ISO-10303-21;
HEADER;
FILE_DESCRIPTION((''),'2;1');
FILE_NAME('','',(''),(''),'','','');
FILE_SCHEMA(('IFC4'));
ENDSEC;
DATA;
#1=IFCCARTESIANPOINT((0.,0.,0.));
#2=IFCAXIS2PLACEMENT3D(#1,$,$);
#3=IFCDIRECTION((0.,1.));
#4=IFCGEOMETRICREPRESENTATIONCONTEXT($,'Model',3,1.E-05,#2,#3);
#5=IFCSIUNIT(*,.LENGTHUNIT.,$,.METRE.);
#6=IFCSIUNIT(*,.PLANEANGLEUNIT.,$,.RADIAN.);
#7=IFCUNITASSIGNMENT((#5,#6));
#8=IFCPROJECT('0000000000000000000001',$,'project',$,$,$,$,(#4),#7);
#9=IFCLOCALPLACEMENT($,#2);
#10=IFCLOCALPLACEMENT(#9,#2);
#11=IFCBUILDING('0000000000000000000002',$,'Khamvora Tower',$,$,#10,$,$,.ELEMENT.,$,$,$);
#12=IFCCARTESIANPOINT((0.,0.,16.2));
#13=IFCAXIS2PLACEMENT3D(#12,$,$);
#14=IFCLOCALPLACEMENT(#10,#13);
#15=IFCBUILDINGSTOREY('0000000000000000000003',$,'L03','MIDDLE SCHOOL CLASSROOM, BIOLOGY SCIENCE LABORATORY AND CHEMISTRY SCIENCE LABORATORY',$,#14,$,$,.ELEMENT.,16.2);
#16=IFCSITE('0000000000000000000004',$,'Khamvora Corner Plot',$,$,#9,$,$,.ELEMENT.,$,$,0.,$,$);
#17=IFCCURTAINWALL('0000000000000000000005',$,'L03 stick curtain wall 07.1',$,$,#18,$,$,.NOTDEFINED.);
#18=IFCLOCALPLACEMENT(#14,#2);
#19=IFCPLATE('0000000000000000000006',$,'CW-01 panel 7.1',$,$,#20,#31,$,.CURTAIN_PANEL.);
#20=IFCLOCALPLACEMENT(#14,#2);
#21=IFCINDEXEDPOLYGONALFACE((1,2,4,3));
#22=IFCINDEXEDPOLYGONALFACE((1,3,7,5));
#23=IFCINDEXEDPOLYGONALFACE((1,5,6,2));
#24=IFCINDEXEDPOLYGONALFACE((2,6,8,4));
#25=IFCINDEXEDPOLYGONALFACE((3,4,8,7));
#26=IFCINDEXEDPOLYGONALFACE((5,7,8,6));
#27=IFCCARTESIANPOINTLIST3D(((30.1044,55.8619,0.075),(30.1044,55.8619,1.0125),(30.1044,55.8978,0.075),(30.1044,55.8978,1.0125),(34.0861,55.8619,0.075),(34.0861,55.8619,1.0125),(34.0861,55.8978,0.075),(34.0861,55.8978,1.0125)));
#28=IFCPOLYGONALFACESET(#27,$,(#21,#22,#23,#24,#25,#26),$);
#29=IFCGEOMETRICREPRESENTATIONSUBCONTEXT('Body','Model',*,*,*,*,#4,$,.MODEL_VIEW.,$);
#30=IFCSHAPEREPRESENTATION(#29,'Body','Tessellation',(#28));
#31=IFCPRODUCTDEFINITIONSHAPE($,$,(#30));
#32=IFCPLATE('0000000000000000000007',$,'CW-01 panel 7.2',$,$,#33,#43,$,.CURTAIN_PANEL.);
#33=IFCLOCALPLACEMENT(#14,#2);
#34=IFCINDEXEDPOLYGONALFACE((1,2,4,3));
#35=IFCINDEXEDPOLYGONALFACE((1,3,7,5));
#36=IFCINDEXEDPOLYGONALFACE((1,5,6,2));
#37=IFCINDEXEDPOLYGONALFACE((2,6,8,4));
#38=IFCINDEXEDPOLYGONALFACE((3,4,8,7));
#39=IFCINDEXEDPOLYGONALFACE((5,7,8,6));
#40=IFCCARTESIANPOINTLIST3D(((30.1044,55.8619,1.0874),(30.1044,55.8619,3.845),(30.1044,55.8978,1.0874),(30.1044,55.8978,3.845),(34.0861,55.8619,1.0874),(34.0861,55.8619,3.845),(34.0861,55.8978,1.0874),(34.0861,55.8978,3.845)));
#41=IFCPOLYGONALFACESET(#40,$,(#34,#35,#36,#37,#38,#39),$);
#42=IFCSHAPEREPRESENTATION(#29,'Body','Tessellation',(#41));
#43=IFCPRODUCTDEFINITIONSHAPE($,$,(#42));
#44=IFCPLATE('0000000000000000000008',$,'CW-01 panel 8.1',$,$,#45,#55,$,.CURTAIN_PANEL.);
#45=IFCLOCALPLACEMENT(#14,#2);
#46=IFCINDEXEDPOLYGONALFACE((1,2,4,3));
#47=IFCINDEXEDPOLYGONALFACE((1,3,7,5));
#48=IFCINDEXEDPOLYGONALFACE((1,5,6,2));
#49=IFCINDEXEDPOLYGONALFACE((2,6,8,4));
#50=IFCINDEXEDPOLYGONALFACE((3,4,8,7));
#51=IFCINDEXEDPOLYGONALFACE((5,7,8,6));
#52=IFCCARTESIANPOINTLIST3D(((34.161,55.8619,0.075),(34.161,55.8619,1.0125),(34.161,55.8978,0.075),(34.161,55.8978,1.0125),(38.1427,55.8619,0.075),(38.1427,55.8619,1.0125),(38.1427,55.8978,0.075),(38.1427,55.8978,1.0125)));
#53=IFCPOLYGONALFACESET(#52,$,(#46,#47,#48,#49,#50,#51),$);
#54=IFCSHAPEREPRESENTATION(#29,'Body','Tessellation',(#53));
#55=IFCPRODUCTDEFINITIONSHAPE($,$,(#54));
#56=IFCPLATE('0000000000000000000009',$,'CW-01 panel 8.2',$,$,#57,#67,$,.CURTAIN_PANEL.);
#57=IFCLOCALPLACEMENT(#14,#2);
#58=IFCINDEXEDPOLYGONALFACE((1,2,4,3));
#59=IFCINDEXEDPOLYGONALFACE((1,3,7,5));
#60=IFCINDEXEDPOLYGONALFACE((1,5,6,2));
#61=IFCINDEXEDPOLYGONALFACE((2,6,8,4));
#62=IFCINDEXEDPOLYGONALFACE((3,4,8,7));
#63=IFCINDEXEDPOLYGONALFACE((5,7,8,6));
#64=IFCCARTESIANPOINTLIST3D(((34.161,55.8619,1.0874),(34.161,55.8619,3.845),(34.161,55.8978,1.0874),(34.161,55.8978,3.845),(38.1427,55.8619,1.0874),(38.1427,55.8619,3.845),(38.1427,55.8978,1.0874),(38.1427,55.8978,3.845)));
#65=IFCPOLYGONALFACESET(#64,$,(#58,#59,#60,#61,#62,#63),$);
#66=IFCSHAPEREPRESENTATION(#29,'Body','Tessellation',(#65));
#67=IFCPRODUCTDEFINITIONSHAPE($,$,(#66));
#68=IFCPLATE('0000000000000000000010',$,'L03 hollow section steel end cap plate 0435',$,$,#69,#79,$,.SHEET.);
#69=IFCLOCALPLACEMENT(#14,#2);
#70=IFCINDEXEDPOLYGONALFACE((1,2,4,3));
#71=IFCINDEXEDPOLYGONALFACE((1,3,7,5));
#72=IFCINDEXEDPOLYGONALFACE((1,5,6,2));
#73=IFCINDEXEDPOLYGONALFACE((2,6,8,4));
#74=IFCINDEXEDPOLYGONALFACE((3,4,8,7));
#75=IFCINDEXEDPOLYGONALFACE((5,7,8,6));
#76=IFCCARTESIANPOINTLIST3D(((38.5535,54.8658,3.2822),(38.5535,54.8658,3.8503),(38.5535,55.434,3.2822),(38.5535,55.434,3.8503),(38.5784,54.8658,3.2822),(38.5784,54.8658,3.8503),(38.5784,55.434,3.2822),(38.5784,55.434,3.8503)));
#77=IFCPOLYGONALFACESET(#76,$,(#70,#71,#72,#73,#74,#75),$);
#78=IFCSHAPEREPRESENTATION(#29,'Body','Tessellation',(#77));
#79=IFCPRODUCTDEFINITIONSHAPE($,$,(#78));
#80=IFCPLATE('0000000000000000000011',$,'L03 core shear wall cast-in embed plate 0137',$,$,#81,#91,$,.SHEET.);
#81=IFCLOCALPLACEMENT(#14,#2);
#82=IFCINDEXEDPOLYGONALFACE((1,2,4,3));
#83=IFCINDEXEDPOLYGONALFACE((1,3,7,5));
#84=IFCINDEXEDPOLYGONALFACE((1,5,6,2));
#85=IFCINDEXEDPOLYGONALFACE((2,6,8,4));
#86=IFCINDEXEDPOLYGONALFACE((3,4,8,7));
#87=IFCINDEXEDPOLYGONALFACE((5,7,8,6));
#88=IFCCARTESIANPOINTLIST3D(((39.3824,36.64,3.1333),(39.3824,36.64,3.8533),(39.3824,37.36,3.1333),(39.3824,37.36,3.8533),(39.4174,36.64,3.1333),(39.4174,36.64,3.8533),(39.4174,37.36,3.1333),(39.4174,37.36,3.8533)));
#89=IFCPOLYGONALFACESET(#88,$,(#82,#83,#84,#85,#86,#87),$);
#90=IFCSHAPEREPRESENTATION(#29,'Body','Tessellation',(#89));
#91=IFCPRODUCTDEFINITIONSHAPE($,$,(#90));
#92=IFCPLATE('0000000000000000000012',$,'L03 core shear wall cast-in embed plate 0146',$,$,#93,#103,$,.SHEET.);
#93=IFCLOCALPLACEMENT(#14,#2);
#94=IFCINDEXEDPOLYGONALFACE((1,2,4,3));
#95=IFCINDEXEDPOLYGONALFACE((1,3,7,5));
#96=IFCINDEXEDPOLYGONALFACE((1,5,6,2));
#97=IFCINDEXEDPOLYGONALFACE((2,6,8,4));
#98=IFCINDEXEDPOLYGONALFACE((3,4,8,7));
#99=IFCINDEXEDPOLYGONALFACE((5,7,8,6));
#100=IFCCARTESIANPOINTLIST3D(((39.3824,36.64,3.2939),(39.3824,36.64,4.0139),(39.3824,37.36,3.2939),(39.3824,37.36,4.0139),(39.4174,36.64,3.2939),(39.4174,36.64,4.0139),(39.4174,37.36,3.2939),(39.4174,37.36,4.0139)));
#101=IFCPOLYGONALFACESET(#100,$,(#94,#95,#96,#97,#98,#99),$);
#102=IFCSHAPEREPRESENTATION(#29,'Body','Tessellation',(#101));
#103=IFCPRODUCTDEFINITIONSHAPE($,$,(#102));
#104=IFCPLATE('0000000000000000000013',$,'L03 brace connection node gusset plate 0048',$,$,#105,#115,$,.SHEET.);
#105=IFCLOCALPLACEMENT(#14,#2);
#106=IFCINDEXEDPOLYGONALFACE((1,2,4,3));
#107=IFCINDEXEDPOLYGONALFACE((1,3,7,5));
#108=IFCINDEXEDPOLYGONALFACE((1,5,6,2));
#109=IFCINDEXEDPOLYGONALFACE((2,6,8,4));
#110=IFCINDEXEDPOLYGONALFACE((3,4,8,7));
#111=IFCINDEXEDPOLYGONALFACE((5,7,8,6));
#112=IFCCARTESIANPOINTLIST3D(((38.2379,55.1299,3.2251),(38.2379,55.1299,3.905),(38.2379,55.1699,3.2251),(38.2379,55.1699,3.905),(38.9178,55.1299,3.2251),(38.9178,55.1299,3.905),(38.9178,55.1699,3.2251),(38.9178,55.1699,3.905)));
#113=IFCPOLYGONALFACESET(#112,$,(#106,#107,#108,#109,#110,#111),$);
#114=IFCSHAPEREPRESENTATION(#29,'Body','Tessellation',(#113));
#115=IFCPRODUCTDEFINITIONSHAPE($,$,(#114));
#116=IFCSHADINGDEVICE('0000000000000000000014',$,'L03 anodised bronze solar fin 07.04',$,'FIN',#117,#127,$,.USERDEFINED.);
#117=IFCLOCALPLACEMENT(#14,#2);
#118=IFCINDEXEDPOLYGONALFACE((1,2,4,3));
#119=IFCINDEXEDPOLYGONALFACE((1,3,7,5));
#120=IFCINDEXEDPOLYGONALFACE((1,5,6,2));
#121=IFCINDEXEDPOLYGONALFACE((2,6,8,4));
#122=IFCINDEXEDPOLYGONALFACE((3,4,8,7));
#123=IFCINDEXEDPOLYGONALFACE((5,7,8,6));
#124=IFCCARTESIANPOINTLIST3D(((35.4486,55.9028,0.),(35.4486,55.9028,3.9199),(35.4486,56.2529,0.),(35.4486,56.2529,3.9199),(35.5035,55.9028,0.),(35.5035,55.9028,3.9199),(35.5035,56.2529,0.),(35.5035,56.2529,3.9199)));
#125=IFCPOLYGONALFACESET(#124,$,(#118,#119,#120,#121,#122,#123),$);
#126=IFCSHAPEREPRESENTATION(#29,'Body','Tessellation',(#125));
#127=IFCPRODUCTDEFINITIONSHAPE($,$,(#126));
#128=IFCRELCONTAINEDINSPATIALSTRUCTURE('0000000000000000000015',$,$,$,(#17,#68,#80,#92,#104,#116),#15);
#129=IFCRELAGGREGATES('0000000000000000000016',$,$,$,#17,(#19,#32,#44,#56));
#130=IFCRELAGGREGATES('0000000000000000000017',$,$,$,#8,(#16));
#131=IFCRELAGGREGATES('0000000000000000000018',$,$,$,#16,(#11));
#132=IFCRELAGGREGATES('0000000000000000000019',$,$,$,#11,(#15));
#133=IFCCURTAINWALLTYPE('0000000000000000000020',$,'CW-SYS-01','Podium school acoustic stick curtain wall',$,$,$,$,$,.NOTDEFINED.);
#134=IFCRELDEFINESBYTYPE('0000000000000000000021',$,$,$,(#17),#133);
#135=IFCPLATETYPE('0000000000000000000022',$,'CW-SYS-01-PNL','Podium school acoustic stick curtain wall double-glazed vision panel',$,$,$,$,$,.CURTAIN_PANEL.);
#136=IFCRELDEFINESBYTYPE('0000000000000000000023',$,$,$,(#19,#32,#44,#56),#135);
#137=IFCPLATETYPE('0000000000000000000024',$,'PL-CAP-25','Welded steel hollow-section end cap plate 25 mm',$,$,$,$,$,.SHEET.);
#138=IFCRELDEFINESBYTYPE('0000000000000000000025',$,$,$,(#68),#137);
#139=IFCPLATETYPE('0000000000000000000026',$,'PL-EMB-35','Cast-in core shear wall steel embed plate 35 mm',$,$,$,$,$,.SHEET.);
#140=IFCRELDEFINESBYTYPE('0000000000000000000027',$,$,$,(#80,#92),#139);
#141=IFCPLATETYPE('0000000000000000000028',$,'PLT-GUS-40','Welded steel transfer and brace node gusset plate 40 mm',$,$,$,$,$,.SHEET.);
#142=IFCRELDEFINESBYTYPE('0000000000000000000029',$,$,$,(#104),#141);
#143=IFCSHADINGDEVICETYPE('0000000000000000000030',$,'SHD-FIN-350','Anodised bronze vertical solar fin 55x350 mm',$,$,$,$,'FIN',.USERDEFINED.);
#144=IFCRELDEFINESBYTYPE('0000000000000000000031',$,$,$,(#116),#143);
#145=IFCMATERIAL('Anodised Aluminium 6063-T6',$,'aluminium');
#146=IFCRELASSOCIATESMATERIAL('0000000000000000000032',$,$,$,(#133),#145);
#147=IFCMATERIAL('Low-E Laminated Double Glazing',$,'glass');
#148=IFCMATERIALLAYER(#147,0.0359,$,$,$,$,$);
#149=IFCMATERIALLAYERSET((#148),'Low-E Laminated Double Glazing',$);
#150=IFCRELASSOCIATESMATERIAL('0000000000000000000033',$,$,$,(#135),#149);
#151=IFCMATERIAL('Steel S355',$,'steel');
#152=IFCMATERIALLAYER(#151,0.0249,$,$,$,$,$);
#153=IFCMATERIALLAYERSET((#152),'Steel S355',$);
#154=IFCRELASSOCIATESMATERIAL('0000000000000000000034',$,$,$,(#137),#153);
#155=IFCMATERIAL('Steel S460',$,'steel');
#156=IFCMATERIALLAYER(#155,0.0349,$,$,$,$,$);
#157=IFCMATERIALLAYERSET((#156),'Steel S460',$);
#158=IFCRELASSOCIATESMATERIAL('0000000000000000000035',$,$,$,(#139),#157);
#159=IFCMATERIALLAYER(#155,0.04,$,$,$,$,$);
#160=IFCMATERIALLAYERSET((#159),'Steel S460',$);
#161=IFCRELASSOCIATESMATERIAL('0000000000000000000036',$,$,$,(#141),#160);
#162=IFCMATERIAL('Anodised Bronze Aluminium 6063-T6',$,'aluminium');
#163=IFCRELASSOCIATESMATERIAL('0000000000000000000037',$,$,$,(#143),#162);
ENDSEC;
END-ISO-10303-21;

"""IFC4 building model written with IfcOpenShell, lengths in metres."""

from ifc_helpers import new_model, si_unit, direction, frame, origin, origin_2d, place, context, subcontext, project, spatial, rectangle, extrude, material, layer, layer_set, type_object, element, aggregate, save


model = new_model("IFC4")

# Units and contexts
model_context = context("Model", 3, precision=1e-05, world=origin(), true_north=direction((0.0, 1.0)))
body_context = subcontext(model_context, "Body", "Model", "MODEL_VIEW")
ifc_project = project(units=[si_unit("LENGTHUNIT", "METRE"), si_unit("PLANEANGLEUNIT", "RADIAN")], contexts=[model_context])

# Site, building, storey
site_placement = place(None, origin())
site = spatial("IfcSite", under=ifc_project, at=site_placement, Name="Khamvora Corner Plot", CompositionType="ELEMENT", RefElevation=0.0)
building_placement = place(site_placement, origin())
building = spatial("IfcBuilding", under=site, at=building_placement, Name="Khamvora Tower", CompositionType="ELEMENT")
storey_placement = place(building_placement, frame((0.0, 0.0, 16.2)))
storey = spatial("IfcBuildingStorey", under=building, at=storey_placement, Name="L03", Description="MIDDLE SCHOOL CLASSROOM, BIOLOGY SCIENCE LABORATORY AND CHEMISTRY SCIENCE LABORATORY", CompositionType="ELEMENT", Elevation=16.2)

# Shared definitions
ifc_material_1 = material(Name="Steel S460", Category="steel")

# Shared definitions
ifc_material_2 = material(Name="Steel S355", Category="steel")

# Curtain wall, plates
ifc_material_3 = material(Name="Anodised Aluminium 6063-T6", Category="aluminium")
curtain_wall_type = type_object("IfcCurtainWallType", Name="CW-SYS-01", Description="Podium school acoustic stick curtain wall", PredefinedType="NOTDEFINED", material=ifc_material_3)
curtain_wall_placement = place(storey_placement, origin())
curtain_wall = element("IfcCurtainWall", 1, at=curtain_wall_placement, inside=storey, type_object=curtain_wall_type, Name="L03 stick curtain wall 07.1", PredefinedType="NOTDEFINED")
ifc_material_4 = material(Name="Low-E Laminated Double Glazing", Category="glass")
ifc_layer_1 = layer(ifc_material_4, 0.0359)
ifc_layer_set_1 = layer_set([ifc_layer_1], Name="Low-E Laminated Double Glazing")
plate_type_1 = type_object("IfcPlateType", Name="CW-SYS-01-PNL", Description="Podium school acoustic stick curtain wall double-glazed vision panel", PredefinedType="CURTAIN_PANEL", material=ifc_layer_set_1)
plate_1_placement = place(storey_placement, frame((32.0952, 55.8799, 0.075), z_axis=(0.0, 0.0, 1.0), x_axis=(1.0, 0.0, 0.0)))
plate_1 = element("IfcPlate", 2, at=plate_1_placement, type_object=plate_type_1, Name="CW-01 panel 7.1", PredefinedType="CURTAIN_PANEL", context=body_context, shape_type="SweptSolid", body=[
    extrude(rectangle(XDim=3.9817, YDim=0.0359, at=origin_2d()), origin(), (0.0, 0.0, 1.0), 0.9375),
])
plate_2_placement = place(storey_placement, frame((32.0952, 55.8799, 1.0874), z_axis=(0.0, 0.0, 1.0), x_axis=(1.0, 0.0, 0.0)))
plate_2 = element("IfcPlate", 3, at=plate_2_placement, type_object=plate_type_1, Name="CW-01 panel 7.2", PredefinedType="CURTAIN_PANEL", context=body_context, shape_type="SweptSolid", body=[
    extrude(rectangle(XDim=3.9817, YDim=0.0359, at=origin_2d()), origin(), (0.0, 0.0, 1.0), 2.7576),
])
plate_3_placement = place(storey_placement, frame((36.1519, 55.8799, 0.075), z_axis=(0.0, 0.0, 1.0), x_axis=(1.0, 0.0, 0.0)))
plate_3 = element("IfcPlate", 4, at=plate_3_placement, type_object=plate_type_1, Name="CW-01 panel 8.1", PredefinedType="CURTAIN_PANEL", context=body_context, shape_type="SweptSolid", body=[
    extrude(rectangle(XDim=3.9817, YDim=0.0359, at=origin_2d()), origin(), (0.0, 0.0, 1.0), 0.9375),
])
plate_4_placement = place(storey_placement, frame((36.1519, 55.8799, 1.0874), z_axis=(0.0, 0.0, 1.0), x_axis=(1.0, 0.0, 0.0)))
plate_4 = element("IfcPlate", 5, at=plate_4_placement, type_object=plate_type_1, Name="CW-01 panel 8.2", PredefinedType="CURTAIN_PANEL", context=body_context, shape_type="SweptSolid", body=[
    extrude(rectangle(XDim=3.9817, YDim=0.0359, at=origin_2d()), origin(), (0.0, 0.0, 1.0), 2.7576),
])
aggregate(curtain_wall, [plate_1, plate_2, plate_3, plate_4])

# Plates
ifc_layer_2 = layer(ifc_material_2, 0.0249)
ifc_layer_set_2 = layer_set([ifc_layer_2], Name="Steel S355")
plate_type_2 = type_object("IfcPlateType", Name="PL-CAP-25", Description="Welded steel hollow-section end cap plate 25 mm", PredefinedType="SHEET", material=ifc_layer_set_2)
plate_5_placement = place(storey_placement, frame((38.5659, 55.1499, 3.2822), z_axis=(0.0, 0.0, 1.0), x_axis=(-1.0, 0.0, 0.0)))
element("IfcPlate", 6, at=plate_5_placement, inside=storey, type_object=plate_type_2, Name="L03 hollow section steel end cap plate 0435", PredefinedType="SHEET", context=body_context, shape_type="SweptSolid", body=[
    extrude(rectangle(XDim=0.0249, YDim=0.5681, at=origin_2d()), origin(), (0.0, 0.0, 1.0), 0.5681),
])
ifc_layer_3 = layer(ifc_material_1, 0.0349)
ifc_layer_set_3 = layer_set([ifc_layer_3], Name="Steel S460")
plate_type_3 = type_object("IfcPlateType", Name="PL-EMB-35", Description="Cast-in core shear wall steel embed plate 35 mm", PredefinedType="SHEET", material=ifc_layer_set_3)
for number, where, z_axis, x_axis, name in (
    (7, (39.3999, 37.0, 3.1333), (0.0, 0.0, 1.0), (1.0, 0.0, 0.0), "L03 core shear wall cast-in embed plate 0137"),
    (8, (39.3999, 37.0, 3.2939), (0.0, 0.0, 1.0), (1.0, 0.0, 0.0), "L03 core shear wall cast-in embed plate 0146"),
):
    element("IfcPlate", number, at=place(storey_placement, frame(where, z_axis=z_axis, x_axis=x_axis)), inside=storey, type_object=plate_type_3, Name=name, PredefinedType="SHEET", context=body_context, shape_type="SweptSolid", body=[
        extrude(rectangle(XDim=0.0349, YDim=0.72, at=origin_2d()), origin(), (0.0, 0.0, 1.0), 0.72),
    ])
ifc_layer_4 = layer(ifc_material_1, 0.04)
ifc_layer_set_4 = layer_set([ifc_layer_4], Name="Steel S460")
plate_type_4 = type_object("IfcPlateType", Name="PLT-GUS-40", Description="Welded steel transfer and brace node gusset plate 40 mm", PredefinedType="SHEET", material=ifc_layer_set_4)
plate_6_placement = place(storey_placement, frame((38.5779, 55.1499, 3.2251), z_axis=(0.0, 0.0, 1.0), x_axis=(1.0, 0.0, 0.0)))
element("IfcPlate", 9, at=plate_6_placement, inside=storey, type_object=plate_type_4, Name="L03 brace connection node gusset plate 0048", PredefinedType="SHEET", context=body_context, shape_type="SweptSolid", body=[
    extrude(rectangle(XDim=0.6799, YDim=0.04, at=origin_2d()), origin(), (0.0, 0.0, 1.0), 0.6799),
])

# Shading device
ifc_material_5 = material(Name="Anodised Bronze Aluminium 6063-T6", Category="aluminium")
shading_device_type = type_object("IfcShadingDeviceType", Name="SHD-FIN-350", Description="Anodised bronze vertical solar fin 55x350 mm", ElementType="FIN", PredefinedType="USERDEFINED", material=ifc_material_5)
shading_device_placement = place(storey_placement, frame((35.4761, 56.0779, 0.0), z_axis=(0.0, 0.0, 1.0), x_axis=(1.0, 0.0, 0.0)))
element("IfcShadingDevice", 10, at=shading_device_placement, inside=storey, type_object=shading_device_type, Name="L03 anodised bronze solar fin 07.04", ObjectType="FIN", PredefinedType="USERDEFINED", context=body_context, shape_type="SweptSolid", body=[
    extrude(rectangle(XDim=0.0549, YDim=0.3501, at=origin_2d()), origin(), (0.0, 0.0, 1.0), 3.9199),
])

save(model, "model.ifc")
